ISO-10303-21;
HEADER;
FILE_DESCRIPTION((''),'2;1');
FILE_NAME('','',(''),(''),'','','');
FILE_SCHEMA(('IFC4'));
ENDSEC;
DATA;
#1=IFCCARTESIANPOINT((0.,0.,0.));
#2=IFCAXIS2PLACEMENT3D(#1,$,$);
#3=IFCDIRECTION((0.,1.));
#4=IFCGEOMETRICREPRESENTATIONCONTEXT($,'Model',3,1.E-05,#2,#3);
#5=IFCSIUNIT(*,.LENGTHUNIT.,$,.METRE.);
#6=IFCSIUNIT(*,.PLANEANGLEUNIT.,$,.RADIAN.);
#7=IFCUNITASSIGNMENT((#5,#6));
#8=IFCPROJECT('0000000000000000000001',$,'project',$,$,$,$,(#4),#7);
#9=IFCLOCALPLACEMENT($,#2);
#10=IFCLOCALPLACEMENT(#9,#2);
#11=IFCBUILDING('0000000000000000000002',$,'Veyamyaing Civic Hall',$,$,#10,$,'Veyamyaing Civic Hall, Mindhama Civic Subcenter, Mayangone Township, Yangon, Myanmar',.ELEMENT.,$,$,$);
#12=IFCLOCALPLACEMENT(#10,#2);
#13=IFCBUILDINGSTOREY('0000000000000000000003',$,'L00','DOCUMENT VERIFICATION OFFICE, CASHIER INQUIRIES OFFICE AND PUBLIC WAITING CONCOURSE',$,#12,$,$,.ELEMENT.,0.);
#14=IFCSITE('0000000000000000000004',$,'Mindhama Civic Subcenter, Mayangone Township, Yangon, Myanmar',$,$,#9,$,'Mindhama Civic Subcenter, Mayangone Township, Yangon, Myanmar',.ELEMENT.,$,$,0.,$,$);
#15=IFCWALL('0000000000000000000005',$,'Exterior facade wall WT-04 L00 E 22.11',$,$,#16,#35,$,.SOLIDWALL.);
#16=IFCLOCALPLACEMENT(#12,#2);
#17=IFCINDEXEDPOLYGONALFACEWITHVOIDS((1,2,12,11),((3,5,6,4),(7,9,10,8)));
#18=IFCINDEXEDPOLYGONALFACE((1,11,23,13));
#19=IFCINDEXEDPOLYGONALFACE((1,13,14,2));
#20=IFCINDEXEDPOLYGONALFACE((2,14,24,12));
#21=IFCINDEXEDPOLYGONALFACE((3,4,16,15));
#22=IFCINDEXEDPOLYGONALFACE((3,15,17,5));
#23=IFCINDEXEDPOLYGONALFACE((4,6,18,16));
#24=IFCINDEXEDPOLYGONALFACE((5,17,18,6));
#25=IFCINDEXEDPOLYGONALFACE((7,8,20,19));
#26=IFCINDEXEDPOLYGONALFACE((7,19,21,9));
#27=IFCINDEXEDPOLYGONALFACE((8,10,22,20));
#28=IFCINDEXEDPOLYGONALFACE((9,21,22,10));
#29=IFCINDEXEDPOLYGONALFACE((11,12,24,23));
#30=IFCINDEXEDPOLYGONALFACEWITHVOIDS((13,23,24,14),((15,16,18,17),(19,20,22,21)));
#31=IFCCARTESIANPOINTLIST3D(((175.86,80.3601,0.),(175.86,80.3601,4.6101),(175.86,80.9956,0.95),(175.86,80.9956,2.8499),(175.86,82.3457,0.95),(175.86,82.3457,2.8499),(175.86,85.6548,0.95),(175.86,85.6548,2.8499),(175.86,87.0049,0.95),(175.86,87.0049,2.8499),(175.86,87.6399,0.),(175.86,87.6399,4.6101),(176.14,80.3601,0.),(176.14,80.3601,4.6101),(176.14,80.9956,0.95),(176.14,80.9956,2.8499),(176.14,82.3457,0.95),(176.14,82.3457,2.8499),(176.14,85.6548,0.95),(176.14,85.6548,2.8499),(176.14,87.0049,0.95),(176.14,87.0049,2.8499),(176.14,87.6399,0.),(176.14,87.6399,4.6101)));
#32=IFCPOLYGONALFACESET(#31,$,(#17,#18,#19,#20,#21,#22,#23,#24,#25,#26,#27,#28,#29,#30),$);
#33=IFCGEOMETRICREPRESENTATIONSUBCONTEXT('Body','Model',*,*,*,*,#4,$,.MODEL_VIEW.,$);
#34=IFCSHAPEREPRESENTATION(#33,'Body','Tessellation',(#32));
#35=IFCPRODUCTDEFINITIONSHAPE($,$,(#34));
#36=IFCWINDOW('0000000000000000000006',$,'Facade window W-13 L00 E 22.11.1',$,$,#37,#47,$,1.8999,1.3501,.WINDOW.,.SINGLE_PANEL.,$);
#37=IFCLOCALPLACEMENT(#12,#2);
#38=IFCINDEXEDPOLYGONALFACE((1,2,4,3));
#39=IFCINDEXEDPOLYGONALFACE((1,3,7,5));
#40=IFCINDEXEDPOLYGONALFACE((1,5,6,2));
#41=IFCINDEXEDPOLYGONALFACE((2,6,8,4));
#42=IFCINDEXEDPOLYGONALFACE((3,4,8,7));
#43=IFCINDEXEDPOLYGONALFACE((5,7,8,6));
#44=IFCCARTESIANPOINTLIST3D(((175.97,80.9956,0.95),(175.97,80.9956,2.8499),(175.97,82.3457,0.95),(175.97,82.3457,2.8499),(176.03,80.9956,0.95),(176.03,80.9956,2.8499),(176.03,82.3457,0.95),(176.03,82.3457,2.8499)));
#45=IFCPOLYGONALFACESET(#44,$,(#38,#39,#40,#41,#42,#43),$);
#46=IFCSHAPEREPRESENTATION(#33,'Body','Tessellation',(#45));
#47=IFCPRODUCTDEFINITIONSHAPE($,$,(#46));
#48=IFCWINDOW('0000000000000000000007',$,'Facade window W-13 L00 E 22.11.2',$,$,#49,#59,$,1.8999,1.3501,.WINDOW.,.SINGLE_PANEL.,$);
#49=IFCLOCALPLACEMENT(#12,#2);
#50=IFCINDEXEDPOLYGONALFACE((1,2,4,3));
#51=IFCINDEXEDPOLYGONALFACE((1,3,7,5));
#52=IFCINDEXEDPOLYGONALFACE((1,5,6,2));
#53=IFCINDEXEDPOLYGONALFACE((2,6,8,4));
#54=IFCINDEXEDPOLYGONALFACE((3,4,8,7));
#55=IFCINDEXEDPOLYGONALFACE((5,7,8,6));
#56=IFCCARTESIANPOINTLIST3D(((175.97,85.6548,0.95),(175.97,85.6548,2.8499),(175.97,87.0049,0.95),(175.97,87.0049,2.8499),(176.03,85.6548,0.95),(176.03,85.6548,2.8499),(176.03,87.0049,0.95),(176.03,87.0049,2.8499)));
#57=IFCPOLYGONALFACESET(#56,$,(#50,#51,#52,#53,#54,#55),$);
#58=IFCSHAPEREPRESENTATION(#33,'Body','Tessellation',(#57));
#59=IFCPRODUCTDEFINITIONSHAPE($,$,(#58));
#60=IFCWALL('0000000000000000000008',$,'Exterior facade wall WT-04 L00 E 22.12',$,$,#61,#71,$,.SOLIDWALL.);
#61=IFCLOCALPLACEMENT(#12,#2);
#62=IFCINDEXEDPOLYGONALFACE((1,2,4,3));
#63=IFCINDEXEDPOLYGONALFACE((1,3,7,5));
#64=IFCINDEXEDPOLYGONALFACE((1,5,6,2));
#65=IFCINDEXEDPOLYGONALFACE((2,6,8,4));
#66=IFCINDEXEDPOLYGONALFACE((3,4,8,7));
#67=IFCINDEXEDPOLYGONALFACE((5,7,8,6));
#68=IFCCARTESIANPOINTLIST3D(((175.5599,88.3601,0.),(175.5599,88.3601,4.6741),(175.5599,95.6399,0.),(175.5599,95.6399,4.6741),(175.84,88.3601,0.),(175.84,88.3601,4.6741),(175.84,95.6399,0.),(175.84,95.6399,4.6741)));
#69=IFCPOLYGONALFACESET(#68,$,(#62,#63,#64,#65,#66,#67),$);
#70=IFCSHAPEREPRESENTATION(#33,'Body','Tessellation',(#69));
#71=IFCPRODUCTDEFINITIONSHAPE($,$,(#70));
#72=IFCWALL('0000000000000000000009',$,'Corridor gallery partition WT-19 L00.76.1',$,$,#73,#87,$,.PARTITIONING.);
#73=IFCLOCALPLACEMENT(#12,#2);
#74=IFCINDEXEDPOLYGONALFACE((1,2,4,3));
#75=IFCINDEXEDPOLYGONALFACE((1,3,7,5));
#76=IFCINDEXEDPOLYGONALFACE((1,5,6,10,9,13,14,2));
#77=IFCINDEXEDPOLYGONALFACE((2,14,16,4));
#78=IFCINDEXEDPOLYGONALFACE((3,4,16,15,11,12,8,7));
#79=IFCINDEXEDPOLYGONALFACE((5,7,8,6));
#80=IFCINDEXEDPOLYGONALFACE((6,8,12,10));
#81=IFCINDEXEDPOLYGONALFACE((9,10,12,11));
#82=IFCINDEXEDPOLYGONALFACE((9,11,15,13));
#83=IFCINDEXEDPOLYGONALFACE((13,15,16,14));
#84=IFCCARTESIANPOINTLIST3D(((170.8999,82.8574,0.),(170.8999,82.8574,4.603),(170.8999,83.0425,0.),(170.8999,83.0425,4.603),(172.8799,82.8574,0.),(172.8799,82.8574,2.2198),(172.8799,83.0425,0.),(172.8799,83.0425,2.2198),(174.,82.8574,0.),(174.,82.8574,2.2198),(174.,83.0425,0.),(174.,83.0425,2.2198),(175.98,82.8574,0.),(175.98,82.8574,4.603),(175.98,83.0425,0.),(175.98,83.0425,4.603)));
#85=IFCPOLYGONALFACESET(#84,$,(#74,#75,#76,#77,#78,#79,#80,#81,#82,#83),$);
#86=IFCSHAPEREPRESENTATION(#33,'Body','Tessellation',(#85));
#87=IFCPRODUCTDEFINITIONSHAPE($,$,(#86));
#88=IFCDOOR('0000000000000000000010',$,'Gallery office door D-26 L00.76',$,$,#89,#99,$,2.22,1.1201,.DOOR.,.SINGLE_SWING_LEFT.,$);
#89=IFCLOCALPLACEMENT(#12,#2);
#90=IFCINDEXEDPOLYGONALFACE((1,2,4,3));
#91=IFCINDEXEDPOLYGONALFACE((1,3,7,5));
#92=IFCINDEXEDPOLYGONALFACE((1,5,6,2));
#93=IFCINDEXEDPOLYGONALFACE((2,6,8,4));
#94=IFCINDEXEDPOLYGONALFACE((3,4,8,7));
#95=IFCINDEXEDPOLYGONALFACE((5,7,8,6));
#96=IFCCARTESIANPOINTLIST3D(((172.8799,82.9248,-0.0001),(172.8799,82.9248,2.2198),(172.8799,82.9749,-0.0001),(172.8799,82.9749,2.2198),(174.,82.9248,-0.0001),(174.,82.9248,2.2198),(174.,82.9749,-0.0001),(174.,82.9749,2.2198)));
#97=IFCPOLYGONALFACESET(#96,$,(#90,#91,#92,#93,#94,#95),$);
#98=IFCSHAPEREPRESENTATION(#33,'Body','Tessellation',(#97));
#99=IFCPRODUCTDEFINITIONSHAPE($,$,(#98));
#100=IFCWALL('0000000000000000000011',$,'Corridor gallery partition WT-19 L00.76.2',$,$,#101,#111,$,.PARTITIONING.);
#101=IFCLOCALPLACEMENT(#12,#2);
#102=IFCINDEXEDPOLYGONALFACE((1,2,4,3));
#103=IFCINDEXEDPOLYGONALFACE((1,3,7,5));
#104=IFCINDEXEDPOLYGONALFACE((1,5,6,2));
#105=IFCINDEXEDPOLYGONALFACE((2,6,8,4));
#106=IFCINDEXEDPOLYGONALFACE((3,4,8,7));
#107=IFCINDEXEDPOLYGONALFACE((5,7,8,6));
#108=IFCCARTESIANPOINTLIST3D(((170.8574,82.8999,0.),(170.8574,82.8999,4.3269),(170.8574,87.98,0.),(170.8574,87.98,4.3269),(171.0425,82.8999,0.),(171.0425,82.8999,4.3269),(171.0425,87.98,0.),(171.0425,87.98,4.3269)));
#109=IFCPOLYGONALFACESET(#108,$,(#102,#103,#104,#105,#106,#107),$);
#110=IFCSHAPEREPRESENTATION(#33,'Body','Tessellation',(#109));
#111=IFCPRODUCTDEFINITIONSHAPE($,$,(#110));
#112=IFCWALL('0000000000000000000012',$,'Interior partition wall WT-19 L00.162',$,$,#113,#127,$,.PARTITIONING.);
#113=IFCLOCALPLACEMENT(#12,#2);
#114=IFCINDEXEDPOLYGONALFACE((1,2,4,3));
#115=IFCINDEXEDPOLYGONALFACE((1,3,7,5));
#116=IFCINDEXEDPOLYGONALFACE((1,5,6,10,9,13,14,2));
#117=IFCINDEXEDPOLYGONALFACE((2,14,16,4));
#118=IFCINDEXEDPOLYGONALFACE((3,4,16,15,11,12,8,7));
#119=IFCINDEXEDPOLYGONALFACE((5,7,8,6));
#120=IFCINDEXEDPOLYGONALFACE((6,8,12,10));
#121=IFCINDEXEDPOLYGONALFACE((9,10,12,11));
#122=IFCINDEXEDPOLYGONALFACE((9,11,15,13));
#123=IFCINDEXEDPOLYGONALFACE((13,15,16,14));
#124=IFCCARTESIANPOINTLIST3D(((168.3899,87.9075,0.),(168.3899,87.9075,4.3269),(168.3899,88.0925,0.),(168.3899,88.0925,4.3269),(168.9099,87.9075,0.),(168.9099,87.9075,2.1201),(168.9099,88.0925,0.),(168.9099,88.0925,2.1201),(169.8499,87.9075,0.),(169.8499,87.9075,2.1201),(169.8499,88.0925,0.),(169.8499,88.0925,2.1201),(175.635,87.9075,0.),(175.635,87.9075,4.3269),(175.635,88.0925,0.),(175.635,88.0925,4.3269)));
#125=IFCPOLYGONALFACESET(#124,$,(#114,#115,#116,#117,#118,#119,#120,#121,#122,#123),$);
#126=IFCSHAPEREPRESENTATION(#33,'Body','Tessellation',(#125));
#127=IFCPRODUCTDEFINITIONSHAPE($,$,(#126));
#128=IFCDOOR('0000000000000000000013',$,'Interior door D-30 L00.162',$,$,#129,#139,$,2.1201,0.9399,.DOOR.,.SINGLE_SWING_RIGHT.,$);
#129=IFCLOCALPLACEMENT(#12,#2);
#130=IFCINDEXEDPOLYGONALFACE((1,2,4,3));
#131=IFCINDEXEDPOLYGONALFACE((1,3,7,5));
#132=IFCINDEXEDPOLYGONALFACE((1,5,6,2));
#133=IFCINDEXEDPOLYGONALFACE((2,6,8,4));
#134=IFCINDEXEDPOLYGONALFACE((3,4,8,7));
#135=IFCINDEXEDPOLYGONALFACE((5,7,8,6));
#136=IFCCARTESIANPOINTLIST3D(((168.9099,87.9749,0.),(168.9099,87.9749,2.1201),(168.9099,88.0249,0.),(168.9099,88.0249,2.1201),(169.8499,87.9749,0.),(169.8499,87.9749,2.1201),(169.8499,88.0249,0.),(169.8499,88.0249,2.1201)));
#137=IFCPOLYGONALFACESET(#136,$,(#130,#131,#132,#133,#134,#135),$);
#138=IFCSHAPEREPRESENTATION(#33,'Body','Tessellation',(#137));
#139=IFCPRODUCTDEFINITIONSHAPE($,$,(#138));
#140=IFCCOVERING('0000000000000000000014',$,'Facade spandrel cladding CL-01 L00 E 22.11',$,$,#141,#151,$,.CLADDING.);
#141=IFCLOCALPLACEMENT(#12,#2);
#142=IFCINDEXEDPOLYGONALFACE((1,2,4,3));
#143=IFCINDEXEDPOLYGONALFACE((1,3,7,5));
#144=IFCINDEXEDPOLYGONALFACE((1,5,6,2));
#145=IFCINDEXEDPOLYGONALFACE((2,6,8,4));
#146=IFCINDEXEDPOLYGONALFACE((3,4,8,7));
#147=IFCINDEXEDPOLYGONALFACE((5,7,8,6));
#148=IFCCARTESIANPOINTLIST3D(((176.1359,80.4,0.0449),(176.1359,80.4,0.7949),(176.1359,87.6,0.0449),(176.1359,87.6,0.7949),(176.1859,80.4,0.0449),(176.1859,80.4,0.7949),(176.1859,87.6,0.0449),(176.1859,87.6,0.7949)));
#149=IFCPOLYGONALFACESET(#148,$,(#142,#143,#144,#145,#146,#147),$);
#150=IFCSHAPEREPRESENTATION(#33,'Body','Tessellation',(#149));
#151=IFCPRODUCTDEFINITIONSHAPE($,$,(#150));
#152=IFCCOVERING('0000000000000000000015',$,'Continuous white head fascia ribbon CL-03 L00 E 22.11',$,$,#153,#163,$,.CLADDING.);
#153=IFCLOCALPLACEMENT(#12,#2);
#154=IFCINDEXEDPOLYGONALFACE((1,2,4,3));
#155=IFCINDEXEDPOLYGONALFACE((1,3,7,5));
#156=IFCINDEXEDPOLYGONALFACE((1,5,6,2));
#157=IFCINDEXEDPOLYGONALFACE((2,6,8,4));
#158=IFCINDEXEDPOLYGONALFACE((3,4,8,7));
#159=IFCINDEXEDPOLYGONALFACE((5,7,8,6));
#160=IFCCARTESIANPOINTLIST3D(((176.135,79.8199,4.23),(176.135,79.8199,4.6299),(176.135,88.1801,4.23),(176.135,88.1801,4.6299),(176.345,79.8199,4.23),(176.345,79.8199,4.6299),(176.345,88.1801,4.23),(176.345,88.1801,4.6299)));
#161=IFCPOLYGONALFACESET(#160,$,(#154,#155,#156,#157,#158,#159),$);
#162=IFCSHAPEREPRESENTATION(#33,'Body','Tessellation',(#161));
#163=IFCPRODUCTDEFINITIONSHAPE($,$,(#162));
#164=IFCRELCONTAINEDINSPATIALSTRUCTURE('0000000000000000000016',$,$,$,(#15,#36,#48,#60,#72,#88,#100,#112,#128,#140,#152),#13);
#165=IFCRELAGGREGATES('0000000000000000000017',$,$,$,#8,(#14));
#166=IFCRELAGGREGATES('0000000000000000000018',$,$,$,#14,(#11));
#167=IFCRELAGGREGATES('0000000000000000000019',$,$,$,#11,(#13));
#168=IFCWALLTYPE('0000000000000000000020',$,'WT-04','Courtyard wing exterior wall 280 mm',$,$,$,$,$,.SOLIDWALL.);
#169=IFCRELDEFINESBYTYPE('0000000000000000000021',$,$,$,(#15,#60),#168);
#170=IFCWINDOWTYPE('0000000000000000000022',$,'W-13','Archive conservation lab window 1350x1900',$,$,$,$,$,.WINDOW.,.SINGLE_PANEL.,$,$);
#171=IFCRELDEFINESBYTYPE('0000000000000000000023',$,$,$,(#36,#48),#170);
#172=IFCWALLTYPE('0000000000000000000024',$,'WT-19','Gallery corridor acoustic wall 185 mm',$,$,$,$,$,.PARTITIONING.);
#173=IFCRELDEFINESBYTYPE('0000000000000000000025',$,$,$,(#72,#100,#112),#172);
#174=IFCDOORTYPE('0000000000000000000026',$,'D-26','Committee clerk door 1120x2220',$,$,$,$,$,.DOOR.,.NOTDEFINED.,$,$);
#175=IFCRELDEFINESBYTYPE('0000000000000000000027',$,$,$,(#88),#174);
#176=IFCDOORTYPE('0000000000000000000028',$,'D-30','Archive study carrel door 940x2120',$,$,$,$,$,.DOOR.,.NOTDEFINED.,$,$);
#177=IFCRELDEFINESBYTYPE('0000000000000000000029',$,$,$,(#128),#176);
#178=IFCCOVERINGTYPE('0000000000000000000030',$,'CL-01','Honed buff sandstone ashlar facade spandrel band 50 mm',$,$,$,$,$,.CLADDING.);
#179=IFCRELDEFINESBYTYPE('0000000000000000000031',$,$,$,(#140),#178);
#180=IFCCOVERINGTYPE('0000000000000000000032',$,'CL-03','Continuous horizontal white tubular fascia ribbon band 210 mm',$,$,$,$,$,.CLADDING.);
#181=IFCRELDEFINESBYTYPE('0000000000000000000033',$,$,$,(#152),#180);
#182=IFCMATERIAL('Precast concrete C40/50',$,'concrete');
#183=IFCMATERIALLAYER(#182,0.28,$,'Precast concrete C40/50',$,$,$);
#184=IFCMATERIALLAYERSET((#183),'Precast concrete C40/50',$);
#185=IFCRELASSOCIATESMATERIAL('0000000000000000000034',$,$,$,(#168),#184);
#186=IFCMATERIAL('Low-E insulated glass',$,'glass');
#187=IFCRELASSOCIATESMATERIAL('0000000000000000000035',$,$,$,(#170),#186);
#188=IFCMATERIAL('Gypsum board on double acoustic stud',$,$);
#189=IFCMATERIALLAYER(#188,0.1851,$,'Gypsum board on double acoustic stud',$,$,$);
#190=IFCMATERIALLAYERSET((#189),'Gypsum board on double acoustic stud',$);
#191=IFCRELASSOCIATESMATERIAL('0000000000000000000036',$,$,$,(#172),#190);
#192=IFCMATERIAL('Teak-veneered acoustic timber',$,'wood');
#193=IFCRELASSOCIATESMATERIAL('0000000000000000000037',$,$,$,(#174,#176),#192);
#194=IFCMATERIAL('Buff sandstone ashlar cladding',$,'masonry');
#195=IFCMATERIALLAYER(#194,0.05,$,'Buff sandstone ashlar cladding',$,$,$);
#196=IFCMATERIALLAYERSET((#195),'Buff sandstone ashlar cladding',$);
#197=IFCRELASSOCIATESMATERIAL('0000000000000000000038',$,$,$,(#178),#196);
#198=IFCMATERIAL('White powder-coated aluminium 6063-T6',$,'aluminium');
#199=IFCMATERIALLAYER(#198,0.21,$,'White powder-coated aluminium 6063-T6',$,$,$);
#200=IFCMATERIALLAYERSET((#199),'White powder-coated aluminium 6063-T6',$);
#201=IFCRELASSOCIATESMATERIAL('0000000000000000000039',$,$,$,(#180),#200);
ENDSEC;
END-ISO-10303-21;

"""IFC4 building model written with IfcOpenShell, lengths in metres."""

from ifc_helpers import new_model, si_unit, direction, frame, frame_2d, origin, origin_2d, place, context, subcontext, project, spatial, rectangle, extrude, material, layer, layer_set, type_object, element, fill, save


model = new_model("IFC4")

# Units and contexts
model_context = context("Model", 3, precision=1e-05, world=origin(), true_north=direction((0.0, 1.0)))
body_context = subcontext(model_context, "Body", "Model", "MODEL_VIEW")
ifc_project = project(units=[si_unit("LENGTHUNIT", "METRE"), si_unit("PLANEANGLEUNIT", "RADIAN")], contexts=[model_context])

# Site, building, storey
site_placement = place(None, origin())
site = spatial("IfcSite", under=ifc_project, at=site_placement, Name="Mindhama Civic Subcenter, Mayangone Township, Yangon, Myanmar", LongName="Mindhama Civic Subcenter, Mayangone Township, Yangon, Myanmar", CompositionType="ELEMENT", RefElevation=0.0)
building_placement = place(site_placement, origin())
building = spatial("IfcBuilding", under=site, at=building_placement, Name="Veyamyaing Civic Hall", LongName="Veyamyaing Civic Hall, Mindhama Civic Subcenter, Mayangone Township, Yangon, Myanmar", CompositionType="ELEMENT")
storey_placement = place(building_placement, origin())
storey = spatial("IfcBuildingStorey", under=building, at=storey_placement, Name="L00", Description="DOCUMENT VERIFICATION OFFICE, CASHIER INQUIRIES OFFICE AND PUBLIC WAITING CONCOURSE", CompositionType="ELEMENT", Elevation=0.0)

# Shared definitions
ifc_material_1 = material(Name="Precast concrete C40/50", Category="concrete")

# Wall, openings, windows
ifc_layer_1 = layer(ifc_material_1, 0.28, Name="Precast concrete C40/50")
ifc_layer_set_1 = layer_set([ifc_layer_1], Name="Precast concrete C40/50")
wall_type_1 = type_object("IfcWallType", Name="WT-04", Description="Courtyard wing exterior wall 280 mm", PredefinedType="SOLIDWALL", material=ifc_layer_set_1)
wall_1_placement = place(storey_placement, frame((176.0, 80.3601, 0.0), z_axis=(0.0, 0.0, 1.0), x_axis=(0.0, 1.0, 0.0)))
wall_1 = element("IfcWall", 1, at=wall_1_placement, inside=storey, type_object=wall_type_1, Name="Exterior facade wall WT-04 L00 E 22.11", PredefinedType="SOLIDWALL", context=body_context, shape_type="SweptSolid", body=[
    extrude(rectangle(XDim=7.2798, YDim=0.28, at=frame_2d((3.6399, 0.0))), origin(), (0.0, 0.0, 1.0), 4.6101),
])
opening_1_placement = place(wall_1_placement, frame((0.6355, 0.0, 0.95)))
opening_1 = element("IfcOpeningElement", 2, at=opening_1_placement, cuts=wall_1, PredefinedType="OPENING", context=body_context, shape_type="SweptSolid", body=[
    extrude(rectangle(XDim=1.3501, YDim=1.8999, at=frame_2d((0.675, 0.95))), frame((0.0, 0.1499, 0.0), z_axis=(0.0, -1.0, 0.0), x_axis=(1.0, 0.0, 0.0)), (0.0, 0.0, 1.0), 0.3),
])
opening_2_placement = place(wall_1_placement, frame((5.2947, 0.0, 0.95)))
opening_2 = element("IfcOpeningElement", 3, at=opening_2_placement, cuts=wall_1, PredefinedType="OPENING", context=body_context, shape_type="SweptSolid", body=[
    extrude(rectangle(XDim=1.3501, YDim=1.8999, at=frame_2d((0.675, 0.95))), frame((0.0, 0.1499, 0.0), z_axis=(0.0, -1.0, 0.0), x_axis=(1.0, 0.0, 0.0)), (0.0, 0.0, 1.0), 0.3),
])
ifc_material_2 = material(Name="Low-E insulated glass", Category="glass")
window_type = type_object("IfcWindowType", Name="W-13", Description="Archive conservation lab window 1350x1900", PartitioningType="SINGLE_PANEL", PredefinedType="WINDOW", material=ifc_material_2)
window_1_placement = place(opening_1_placement, origin())
window_1 = element("IfcWindow", 4, at=window_1_placement, inside=storey, type_object=window_type, Name="Facade window W-13 L00 E 22.11.1", OverallHeight=1.8999, OverallWidth=1.3501, PartitioningType="SINGLE_PANEL", PredefinedType="WINDOW", context=body_context, shape_type="SweptSolid", body=[
    extrude(rectangle(XDim=1.3501, YDim=1.8999, at=frame_2d((0.675, 0.95))), frame((0.0, 0.03, 0.0), z_axis=(0.0, -1.0, 0.0), x_axis=(1.0, 0.0, 0.0)), (0.0, 0.0, 1.0), 0.0601),
])
fill(opening_1, window_1)
window_2_placement = place(opening_2_placement, origin())
window_2 = element("IfcWindow", 5, at=window_2_placement, inside=storey, type_object=window_type, Name="Facade window W-13 L00 E 22.11.2", OverallHeight=1.8999, OverallWidth=1.3501, PartitioningType="SINGLE_PANEL", PredefinedType="WINDOW", context=body_context, shape_type="SweptSolid", body=[
    extrude(rectangle(XDim=1.3501, YDim=1.8999, at=frame_2d((0.675, 0.95))), frame((0.0, 0.03, 0.0), z_axis=(0.0, -1.0, 0.0), x_axis=(1.0, 0.0, 0.0)), (0.0, 0.0, 1.0), 0.0601),
])
fill(opening_2, window_2)

# Wall
wall_2_placement = place(storey_placement, frame((175.7, 88.3601, 0.0), z_axis=(0.0, 0.0, 1.0), x_axis=(0.0, 1.0, 0.0)))
element("IfcWall", 6, at=wall_2_placement, inside=storey, type_object=wall_type_1, Name="Exterior facade wall WT-04 L00 E 22.12", PredefinedType="SOLIDWALL", context=body_context, shape_type="SweptSolid", body=[
    extrude(rectangle(XDim=7.2798, YDim=0.28, at=frame_2d((3.6399, 0.0))), origin(), (0.0, 0.0, 1.0), 4.6741),
])

# Wall, opening, door
ifc_material_3 = material(Name="Gypsum board on double acoustic stud")
ifc_layer_2 = layer(ifc_material_3, 0.1851, Name="Gypsum board on double acoustic stud")
ifc_layer_set_2 = layer_set([ifc_layer_2], Name="Gypsum board on double acoustic stud")
wall_type_2 = type_object("IfcWallType", Name="WT-19", Description="Gallery corridor acoustic wall 185 mm", PredefinedType="PARTITIONING", material=ifc_layer_set_2)
wall_3_placement = place(storey_placement, frame((170.8999, 82.95, 0.0), z_axis=(0.0, 0.0, 1.0), x_axis=(1.0, 0.0, 0.0)))
wall_3 = element("IfcWall", 7, at=wall_3_placement, inside=storey, type_object=wall_type_2, Name="Corridor gallery partition WT-19 L00.76.1", PredefinedType="PARTITIONING", context=body_context, shape_type="SweptSolid", body=[
    extrude(rectangle(XDim=5.0801, YDim=0.1851, at=frame_2d((2.54, 0.0))), origin(), (0.0, 0.0, 1.0), 4.603),
])
opening_3_placement = place(wall_3_placement, frame((1.98, 0.0, 0.0)))
opening_3 = element("IfcOpeningElement", 8, at=opening_3_placement, cuts=wall_3, PredefinedType="OPENING", context=body_context, shape_type="SweptSolid", body=[
    extrude(rectangle(XDim=1.1201, YDim=2.22, at=frame_2d((0.5601, 1.1099))), frame((0.0, 0.1025, 0.0), z_axis=(0.0, -1.0, 0.0), x_axis=(1.0, 0.0, 0.0)), (0.0, 0.0, 1.0), 0.2051),
])
ifc_material_4 = material(Name="Teak-veneered acoustic timber", Category="wood")
door_type_1 = type_object("IfcDoorType", Name="D-26", Description="Committee clerk door 1120x2220", OperationType="NOTDEFINED", PredefinedType="DOOR", material=ifc_material_4)
door_1_placement = place(opening_3_placement, origin())
door_1 = element("IfcDoor", 9, at=door_1_placement, inside=storey, type_object=door_type_1, Name="Gallery office door D-26 L00.76", OperationType="SINGLE_SWING_LEFT", OverallHeight=2.22, OverallWidth=1.1201, PredefinedType="DOOR", context=body_context, shape_type="SweptSolid", body=[
    extrude(rectangle(XDim=1.1201, YDim=2.22, at=frame_2d((0.5601, 1.1099))), frame((0.0, 0.0249, 0.0), z_axis=(0.0, -1.0, 0.0), x_axis=(1.0, 0.0, 0.0)), (0.0, 0.0, 1.0), 0.05),
])
fill(opening_3, door_1)

# Wall
wall_4_placement = place(storey_placement, frame((170.95, 82.8999, 0.0), z_axis=(0.0, 0.0, 1.0), x_axis=(0.0, 1.0, 0.0)))
element("IfcWall", 10, at=wall_4_placement, inside=storey, type_object=wall_type_2, Name="Corridor gallery partition WT-19 L00.76.2", PredefinedType="PARTITIONING", context=body_context, shape_type="SweptSolid", body=[
    extrude(rectangle(XDim=5.0801, YDim=0.1851, at=frame_2d((2.54, 0.0))), origin(), (0.0, 0.0, 1.0), 4.3269),
])

# Wall, opening, door
wall_5_placement = place(storey_placement, frame((168.3899, 88.0, 0.0), z_axis=(0.0, 0.0, 1.0), x_axis=(1.0, 0.0, 0.0)))
wall_5 = element("IfcWall", 11, at=wall_5_placement, inside=storey, type_object=wall_type_2, Name="Interior partition wall WT-19 L00.162", PredefinedType="PARTITIONING", context=body_context, shape_type="SweptSolid", body=[
    extrude(rectangle(XDim=7.2451, YDim=0.1851, at=frame_2d((3.6226, 0.0))), origin(), (0.0, 0.0, 1.0), 4.3269),
])
opening_4_placement = place(wall_5_placement, frame((0.52, 0.0, 0.0)))
opening_4 = element("IfcOpeningElement", 12, at=opening_4_placement, cuts=wall_5, PredefinedType="OPENING", context=body_context, shape_type="SweptSolid", body=[
    extrude(rectangle(XDim=0.9399, YDim=2.1201, at=frame_2d((0.47, 1.0601))), frame((0.0, 0.1025, 0.0), z_axis=(0.0, -1.0, 0.0), x_axis=(1.0, 0.0, 0.0)), (0.0, 0.0, 1.0), 0.2051),
])
door_type_2 = type_object("IfcDoorType", Name="D-30", Description="Archive study carrel door 940x2120", OperationType="NOTDEFINED", PredefinedType="DOOR", material=ifc_material_4)
door_2_placement = place(opening_4_placement, origin())
door_2 = element("IfcDoor", 13, at=door_2_placement, inside=storey, type_object=door_type_2, Name="Interior door D-30 L00.162", OperationType="SINGLE_SWING_RIGHT", OverallHeight=2.1201, OverallWidth=0.9399, PredefinedType="DOOR", context=body_context, shape_type="SweptSolid", body=[
    extrude(rectangle(XDim=0.9399, YDim=2.1201, at=frame_2d((0.47, 1.0601))), frame((0.0, 0.0249, 0.0), z_axis=(0.0, -1.0, 0.0), x_axis=(1.0, 0.0, 0.0)), (0.0, 0.0, 1.0), 0.05),
])
fill(opening_4, door_2)

# Coverings
ifc_material_5 = material(Name="Buff sandstone ashlar cladding", Category="masonry")
ifc_layer_3 = layer(ifc_material_5, 0.05, Name="Buff sandstone ashlar cladding")
ifc_layer_set_3 = layer_set([ifc_layer_3], Name="Buff sandstone ashlar cladding")
covering_type_1 = type_object("IfcCoveringType", Name="CL-01", Description="Honed buff sandstone ashlar facade spandrel band 50 mm", PredefinedType="CLADDING", material=ifc_layer_set_3)
covering_1_placement = place(storey_placement, frame((176.1609, 84.0, 0.0449), z_axis=(0.0, 0.0, 1.0), x_axis=(0.0, 1.0, 0.0)))
element("IfcCovering", 14, at=covering_1_placement, inside=storey, type_object=covering_type_1, Name="Facade spandrel cladding CL-01 L00 E 22.11", PredefinedType="CLADDING", context=body_context, shape_type="SweptSolid", body=[
    extrude(rectangle(XDim=7.2, YDim=0.05, at=origin_2d()), origin(), (0.0, 0.0, 1.0), 0.75),
])
ifc_material_6 = material(Name="White powder-coated aluminium 6063-T6", Category="aluminium")
ifc_layer_4 = layer(ifc_material_6, 0.21, Name="White powder-coated aluminium 6063-T6")
ifc_layer_set_4 = layer_set([ifc_layer_4], Name="White powder-coated aluminium 6063-T6")
covering_type_2 = type_object("IfcCoveringType", Name="CL-03", Description="Continuous horizontal white tubular fascia ribbon band 210 mm", PredefinedType="CLADDING", material=ifc_layer_set_4)
covering_2_placement = place(storey_placement, frame((176.24, 84.0, 4.23), z_axis=(0.0, 0.0, 1.0), x_axis=(0.0, 1.0, 0.0)))
element("IfcCovering", 15, at=covering_2_placement, inside=storey, type_object=covering_type_2, Name="Continuous white head fascia ribbon CL-03 L00 E 22.11", PredefinedType="CLADDING", context=body_context, shape_type="SweptSolid", body=[
    extrude(rectangle(XDim=8.3601, YDim=0.21, at=origin_2d()), origin(), (0.0, 0.0, 1.0), 0.3999),
])

save(model, "model.ifc")
